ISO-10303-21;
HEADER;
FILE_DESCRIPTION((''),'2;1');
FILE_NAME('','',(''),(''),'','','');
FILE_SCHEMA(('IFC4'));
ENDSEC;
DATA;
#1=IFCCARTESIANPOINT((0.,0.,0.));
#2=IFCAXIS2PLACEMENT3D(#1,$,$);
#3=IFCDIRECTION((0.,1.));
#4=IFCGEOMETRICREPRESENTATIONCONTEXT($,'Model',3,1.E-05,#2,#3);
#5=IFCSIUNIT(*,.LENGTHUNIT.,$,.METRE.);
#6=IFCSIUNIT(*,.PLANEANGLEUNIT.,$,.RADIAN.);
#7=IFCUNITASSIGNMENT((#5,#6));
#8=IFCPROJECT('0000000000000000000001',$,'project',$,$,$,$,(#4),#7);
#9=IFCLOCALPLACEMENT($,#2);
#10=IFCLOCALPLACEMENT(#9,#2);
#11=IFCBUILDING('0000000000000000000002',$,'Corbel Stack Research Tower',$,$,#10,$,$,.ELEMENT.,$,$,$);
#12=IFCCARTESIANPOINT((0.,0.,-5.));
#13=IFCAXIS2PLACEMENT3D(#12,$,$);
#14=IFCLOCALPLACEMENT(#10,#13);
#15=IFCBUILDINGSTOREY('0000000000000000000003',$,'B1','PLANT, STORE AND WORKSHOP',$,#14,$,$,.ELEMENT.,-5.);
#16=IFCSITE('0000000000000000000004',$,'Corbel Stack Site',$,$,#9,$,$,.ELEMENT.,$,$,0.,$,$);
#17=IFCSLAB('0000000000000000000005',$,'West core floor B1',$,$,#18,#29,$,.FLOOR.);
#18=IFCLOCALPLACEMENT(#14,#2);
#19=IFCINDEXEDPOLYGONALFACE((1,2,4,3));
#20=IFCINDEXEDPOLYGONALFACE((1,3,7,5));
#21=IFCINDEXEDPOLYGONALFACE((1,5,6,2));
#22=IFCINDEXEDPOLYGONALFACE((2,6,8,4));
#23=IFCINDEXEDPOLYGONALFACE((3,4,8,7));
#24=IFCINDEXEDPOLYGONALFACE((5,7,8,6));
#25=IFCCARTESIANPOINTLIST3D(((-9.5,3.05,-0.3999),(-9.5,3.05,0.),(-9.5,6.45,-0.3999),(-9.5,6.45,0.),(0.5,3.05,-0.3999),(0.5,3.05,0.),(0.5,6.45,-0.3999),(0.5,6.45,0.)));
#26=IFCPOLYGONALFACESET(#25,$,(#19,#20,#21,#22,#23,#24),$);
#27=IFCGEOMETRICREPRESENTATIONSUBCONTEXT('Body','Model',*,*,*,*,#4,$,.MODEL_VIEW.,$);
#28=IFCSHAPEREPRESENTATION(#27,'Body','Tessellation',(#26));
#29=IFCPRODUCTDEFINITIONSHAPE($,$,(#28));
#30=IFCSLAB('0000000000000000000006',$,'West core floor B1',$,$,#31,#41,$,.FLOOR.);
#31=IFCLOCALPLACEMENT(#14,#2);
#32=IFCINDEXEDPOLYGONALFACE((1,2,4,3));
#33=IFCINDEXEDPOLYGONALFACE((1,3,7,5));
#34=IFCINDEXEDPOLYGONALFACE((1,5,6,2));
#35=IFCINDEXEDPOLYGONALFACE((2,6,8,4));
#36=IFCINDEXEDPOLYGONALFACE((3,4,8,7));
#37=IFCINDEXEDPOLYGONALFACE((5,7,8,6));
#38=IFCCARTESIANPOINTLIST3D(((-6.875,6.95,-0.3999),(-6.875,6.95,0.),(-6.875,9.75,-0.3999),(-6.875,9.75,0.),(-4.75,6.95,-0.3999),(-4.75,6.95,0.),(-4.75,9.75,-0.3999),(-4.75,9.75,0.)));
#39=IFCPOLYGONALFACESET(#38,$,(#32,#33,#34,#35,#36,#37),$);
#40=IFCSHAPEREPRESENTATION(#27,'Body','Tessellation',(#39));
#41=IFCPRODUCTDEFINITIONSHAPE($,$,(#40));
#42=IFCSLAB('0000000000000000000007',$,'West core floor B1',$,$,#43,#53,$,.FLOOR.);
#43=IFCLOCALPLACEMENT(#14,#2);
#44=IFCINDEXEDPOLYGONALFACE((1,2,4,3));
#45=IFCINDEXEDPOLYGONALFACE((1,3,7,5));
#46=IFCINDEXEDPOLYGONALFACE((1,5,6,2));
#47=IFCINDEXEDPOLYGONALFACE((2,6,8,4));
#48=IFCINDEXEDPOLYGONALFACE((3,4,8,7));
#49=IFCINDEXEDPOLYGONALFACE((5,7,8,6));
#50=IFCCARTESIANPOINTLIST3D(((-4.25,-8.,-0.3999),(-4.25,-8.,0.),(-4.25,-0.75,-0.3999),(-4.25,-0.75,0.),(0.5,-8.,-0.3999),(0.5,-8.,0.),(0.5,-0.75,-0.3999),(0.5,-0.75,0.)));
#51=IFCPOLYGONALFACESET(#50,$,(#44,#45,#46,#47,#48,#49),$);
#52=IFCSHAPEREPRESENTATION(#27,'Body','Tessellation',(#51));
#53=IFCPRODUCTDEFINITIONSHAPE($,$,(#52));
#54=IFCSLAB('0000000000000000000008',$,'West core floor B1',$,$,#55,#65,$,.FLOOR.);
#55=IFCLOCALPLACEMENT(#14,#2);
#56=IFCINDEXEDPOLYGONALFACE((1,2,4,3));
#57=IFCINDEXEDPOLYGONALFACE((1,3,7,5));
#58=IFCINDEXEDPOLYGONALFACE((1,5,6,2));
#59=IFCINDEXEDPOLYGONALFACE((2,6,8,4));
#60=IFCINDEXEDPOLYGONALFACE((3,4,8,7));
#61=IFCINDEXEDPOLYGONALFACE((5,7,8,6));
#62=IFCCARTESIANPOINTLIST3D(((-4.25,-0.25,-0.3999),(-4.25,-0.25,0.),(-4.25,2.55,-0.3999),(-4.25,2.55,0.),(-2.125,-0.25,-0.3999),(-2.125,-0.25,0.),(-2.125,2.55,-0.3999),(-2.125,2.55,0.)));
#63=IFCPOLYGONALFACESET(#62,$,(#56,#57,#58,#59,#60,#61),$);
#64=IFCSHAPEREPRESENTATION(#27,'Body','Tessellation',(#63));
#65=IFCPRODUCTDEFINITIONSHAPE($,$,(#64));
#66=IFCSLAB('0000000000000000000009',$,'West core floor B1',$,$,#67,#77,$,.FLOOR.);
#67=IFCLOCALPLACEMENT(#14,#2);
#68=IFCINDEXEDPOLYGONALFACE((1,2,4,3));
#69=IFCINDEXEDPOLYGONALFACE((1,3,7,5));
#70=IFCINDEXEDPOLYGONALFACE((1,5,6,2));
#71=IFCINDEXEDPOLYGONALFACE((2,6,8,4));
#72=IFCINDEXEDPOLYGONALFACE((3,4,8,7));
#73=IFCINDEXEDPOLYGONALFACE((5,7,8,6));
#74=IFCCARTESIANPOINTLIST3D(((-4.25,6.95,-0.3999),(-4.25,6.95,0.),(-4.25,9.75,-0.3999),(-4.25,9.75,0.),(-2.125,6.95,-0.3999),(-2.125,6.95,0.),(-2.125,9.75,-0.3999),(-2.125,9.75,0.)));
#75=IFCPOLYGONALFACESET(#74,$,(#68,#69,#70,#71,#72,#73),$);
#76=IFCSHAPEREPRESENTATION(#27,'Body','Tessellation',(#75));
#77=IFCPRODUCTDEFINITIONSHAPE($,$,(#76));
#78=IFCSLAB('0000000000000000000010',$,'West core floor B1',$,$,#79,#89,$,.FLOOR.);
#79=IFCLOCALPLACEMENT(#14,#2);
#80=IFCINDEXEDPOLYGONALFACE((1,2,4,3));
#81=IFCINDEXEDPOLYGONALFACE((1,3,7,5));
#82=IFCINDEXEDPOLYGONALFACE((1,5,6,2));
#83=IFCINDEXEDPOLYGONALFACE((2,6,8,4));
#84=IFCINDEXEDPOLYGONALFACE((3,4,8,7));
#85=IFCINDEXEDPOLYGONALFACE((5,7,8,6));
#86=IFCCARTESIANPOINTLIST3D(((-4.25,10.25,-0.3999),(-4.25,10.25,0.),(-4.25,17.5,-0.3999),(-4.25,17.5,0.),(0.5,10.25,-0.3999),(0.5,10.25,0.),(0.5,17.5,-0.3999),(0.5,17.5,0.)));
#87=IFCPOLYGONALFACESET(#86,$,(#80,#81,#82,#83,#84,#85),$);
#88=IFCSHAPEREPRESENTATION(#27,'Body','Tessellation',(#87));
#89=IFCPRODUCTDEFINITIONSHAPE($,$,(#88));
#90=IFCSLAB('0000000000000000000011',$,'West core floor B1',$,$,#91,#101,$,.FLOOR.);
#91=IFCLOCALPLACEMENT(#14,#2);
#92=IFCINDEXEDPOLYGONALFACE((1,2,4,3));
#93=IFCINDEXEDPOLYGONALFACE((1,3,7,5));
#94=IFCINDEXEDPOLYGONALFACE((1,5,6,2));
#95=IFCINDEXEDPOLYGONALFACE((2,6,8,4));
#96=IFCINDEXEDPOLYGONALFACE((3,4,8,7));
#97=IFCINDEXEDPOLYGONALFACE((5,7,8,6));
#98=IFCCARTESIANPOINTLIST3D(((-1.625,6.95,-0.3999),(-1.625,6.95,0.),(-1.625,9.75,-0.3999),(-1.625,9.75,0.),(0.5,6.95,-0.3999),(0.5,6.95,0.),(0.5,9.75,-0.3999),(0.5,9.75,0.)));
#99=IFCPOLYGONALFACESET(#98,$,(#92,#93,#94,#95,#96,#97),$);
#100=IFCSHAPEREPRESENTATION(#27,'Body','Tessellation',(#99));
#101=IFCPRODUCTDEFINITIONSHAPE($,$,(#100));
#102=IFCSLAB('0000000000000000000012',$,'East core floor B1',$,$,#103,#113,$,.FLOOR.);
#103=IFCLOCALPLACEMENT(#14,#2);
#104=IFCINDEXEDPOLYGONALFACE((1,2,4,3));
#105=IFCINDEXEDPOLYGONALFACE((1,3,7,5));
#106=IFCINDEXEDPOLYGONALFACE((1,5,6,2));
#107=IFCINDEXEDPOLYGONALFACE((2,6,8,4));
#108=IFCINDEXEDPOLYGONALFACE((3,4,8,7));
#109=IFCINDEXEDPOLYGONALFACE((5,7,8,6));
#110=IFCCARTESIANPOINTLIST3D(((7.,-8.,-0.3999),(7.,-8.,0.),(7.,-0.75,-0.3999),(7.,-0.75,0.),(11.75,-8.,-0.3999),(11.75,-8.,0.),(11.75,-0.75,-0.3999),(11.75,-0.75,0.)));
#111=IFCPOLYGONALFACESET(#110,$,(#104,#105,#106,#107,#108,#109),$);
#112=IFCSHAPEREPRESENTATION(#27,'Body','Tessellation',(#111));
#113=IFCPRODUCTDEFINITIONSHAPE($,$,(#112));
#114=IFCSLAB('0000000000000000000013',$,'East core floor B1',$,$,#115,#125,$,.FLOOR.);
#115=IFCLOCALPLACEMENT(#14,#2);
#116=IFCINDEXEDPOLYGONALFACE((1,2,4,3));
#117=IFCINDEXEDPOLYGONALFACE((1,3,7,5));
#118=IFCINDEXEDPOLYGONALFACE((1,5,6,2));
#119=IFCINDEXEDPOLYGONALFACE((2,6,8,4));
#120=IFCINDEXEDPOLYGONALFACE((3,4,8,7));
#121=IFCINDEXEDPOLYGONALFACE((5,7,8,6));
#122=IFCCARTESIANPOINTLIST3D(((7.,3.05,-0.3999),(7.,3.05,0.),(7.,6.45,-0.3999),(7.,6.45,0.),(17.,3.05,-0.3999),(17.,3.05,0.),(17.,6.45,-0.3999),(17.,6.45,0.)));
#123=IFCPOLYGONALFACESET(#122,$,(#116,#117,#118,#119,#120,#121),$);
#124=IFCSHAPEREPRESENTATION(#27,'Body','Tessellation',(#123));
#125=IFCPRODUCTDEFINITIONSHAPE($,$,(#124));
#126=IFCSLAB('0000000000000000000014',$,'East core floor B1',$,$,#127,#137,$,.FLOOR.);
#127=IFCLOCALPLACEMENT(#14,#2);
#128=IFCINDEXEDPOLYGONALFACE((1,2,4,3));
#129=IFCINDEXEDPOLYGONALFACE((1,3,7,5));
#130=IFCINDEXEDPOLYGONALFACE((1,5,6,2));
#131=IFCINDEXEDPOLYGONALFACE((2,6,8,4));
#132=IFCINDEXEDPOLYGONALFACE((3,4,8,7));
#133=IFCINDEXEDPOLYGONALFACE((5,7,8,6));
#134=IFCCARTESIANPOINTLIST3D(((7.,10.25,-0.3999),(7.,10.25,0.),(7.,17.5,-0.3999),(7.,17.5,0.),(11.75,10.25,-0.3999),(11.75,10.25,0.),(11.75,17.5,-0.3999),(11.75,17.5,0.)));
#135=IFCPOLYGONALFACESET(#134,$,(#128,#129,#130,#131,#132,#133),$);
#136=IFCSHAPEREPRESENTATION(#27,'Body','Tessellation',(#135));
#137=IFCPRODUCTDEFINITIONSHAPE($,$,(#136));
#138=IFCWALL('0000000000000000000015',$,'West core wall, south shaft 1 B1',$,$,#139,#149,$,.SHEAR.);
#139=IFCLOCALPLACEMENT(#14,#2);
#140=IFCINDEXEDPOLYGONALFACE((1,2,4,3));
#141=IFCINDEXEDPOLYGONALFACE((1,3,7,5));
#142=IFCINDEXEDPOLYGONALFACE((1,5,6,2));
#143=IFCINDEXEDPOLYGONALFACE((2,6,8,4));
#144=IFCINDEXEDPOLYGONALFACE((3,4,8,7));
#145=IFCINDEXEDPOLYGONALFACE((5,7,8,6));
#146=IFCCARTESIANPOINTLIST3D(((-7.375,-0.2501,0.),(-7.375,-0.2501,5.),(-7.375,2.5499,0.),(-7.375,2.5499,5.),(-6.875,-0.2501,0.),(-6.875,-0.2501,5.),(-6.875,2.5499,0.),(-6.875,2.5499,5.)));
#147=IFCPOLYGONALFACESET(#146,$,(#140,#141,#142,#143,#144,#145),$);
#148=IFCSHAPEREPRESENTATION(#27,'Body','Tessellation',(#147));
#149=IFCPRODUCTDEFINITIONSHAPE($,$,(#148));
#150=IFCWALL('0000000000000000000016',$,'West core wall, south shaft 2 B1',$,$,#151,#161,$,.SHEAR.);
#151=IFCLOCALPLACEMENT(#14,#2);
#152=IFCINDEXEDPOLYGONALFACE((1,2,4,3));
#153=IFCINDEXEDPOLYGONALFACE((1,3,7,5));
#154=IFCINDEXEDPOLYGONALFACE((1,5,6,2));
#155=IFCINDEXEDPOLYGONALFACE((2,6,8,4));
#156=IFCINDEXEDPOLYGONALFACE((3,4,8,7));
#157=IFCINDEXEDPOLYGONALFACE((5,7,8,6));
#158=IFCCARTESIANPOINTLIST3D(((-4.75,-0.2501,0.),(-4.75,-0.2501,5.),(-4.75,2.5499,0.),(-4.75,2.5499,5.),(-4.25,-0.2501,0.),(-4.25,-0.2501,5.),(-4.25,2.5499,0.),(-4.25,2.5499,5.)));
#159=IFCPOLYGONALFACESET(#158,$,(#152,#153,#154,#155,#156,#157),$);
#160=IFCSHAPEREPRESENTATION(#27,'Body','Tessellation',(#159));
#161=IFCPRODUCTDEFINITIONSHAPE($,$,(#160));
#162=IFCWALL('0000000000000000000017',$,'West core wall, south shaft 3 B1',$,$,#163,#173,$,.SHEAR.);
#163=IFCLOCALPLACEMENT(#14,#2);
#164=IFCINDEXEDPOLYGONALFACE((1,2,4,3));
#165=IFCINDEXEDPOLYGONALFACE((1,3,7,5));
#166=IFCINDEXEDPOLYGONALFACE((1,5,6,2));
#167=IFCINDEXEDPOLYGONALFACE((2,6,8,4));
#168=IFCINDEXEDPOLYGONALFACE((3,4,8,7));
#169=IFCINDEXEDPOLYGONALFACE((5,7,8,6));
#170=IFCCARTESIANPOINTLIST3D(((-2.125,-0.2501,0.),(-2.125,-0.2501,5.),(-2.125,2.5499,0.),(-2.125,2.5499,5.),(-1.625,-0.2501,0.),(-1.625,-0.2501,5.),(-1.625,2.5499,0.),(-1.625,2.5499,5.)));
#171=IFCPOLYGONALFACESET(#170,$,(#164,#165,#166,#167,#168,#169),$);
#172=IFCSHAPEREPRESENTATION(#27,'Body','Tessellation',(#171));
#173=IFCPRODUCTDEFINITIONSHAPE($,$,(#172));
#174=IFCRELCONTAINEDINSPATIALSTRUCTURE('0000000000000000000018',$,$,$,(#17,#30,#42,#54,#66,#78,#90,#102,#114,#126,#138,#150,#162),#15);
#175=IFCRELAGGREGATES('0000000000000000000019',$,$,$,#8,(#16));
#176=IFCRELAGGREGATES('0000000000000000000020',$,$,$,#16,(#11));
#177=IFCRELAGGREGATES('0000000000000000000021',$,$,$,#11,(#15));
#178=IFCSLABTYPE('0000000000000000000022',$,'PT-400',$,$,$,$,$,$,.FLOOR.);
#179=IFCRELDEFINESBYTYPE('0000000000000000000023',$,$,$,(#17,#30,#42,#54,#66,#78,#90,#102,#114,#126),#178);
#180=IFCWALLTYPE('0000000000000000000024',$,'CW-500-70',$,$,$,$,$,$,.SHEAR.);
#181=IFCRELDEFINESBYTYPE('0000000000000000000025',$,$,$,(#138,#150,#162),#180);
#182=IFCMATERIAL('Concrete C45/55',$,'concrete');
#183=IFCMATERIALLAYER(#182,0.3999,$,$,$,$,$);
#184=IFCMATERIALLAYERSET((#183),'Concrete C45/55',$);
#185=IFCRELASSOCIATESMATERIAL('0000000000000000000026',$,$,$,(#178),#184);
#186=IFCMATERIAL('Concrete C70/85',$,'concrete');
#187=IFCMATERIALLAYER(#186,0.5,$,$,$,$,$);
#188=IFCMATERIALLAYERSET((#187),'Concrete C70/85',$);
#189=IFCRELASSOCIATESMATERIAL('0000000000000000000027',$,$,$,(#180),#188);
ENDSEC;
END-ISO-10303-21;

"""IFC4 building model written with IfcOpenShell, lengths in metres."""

from ifc_helpers import new_model, si_unit, direction, frame, frame_2d, origin, place, context, subcontext, project, spatial, polyline, rectangle, outline, extrude, material, layer, layer_set, type_object, element, save


model = new_model("IFC4")

# Units and contexts
model_context = context("Model", 3, precision=1e-05, world=origin(), true_north=direction((0.0, 1.0)))
body_context = subcontext(model_context, "Body", "Model", "MODEL_VIEW")
ifc_project = project(units=[si_unit("LENGTHUNIT", "METRE"), si_unit("PLANEANGLEUNIT", "RADIAN")], contexts=[model_context])

# Site, building, storey
site_placement = place(None, origin())
site = spatial("IfcSite", under=ifc_project, at=site_placement, Name="Corbel Stack Site", CompositionType="ELEMENT", RefElevation=0.0)
building_placement = place(site_placement, origin())
building = spatial("IfcBuilding", under=site, at=building_placement, Name="Corbel Stack Research Tower", CompositionType="ELEMENT")
storey_placement = place(building_placement, frame((0.0, 0.0, -5.0)))
storey = spatial("IfcBuildingStorey", under=building, at=storey_placement, Name="B1", Description="PLANT, STORE AND WORKSHOP", CompositionType="ELEMENT", Elevation=-5.0)

# Slabs
ifc_material_1 = material(Name="Concrete C45/55", Category="concrete")
ifc_layer_1 = layer(ifc_material_1, 0.3999)
ifc_layer_set_1 = layer_set([ifc_layer_1], Name="Concrete C45/55")
slab_type = type_object("IfcSlabType", Name="PT-400", PredefinedType="FLOOR", material=ifc_layer_set_1)
slab_1_placement = place(storey_placement, frame((0.0, 0.0, -0.3999)))
element("IfcSlab", 1, at=slab_1_placement, inside=storey, type_object=slab_type, Name="West core floor B1", PredefinedType="FLOOR", context=body_context, shape_type="SweptSolid", body=[
    extrude(outline(polyline([(-9.5, 6.45), (-9.5, 3.05), (0.5, 3.05), (0.5, 6.45), (-9.5, 6.45)])), origin(), (0.0, 0.0, 1.0), 0.3999),
])
slab_2_placement = place(storey_placement, frame((0.0, 0.0, -0.3999)))
element("IfcSlab", 2, at=slab_2_placement, inside=storey, type_object=slab_type, Name="West core floor B1", PredefinedType="FLOOR", context=body_context, shape_type="SweptSolid", body=[
    extrude(outline(polyline([(-6.875, 6.95), (-4.75, 6.95), (-4.75, 9.75), (-6.875, 9.75), (-6.875, 6.95)])), origin(), (0.0, 0.0, 1.0), 0.3999),
])
slab_3_placement = place(storey_placement, frame((0.0, 0.0, -0.3999)))
element("IfcSlab", 3, at=slab_3_placement, inside=storey, type_object=slab_type, Name="West core floor B1", PredefinedType="FLOOR", context=body_context, shape_type="SweptSolid", body=[
    extrude(outline(polyline([(-4.25, -0.75), (-4.25, -8.0), (0.5, -8.0), (0.5, -0.75), (-4.25, -0.75)])), origin(), (0.0, 0.0, 1.0), 0.3999),
])
slab_4_placement = place(storey_placement, frame((0.0, 0.0, -0.3999)))
element("IfcSlab", 4, at=slab_4_placement, inside=storey, type_object=slab_type, Name="West core floor B1", PredefinedType="FLOOR", context=body_context, shape_type="SweptSolid", body=[
    extrude(outline(polyline([(-4.25, 2.55), (-4.25, -0.25), (-2.125, -0.25), (-2.125, 2.55), (-4.25, 2.55)])), origin(), (0.0, 0.0, 1.0), 0.3999),
])
slab_5_placement = place(storey_placement, frame((0.0, 0.0, -0.3999)))
element("IfcSlab", 5, at=slab_5_placement, inside=storey, type_object=slab_type, Name="West core floor B1", PredefinedType="FLOOR", context=body_context, shape_type="SweptSolid", body=[
    extrude(outline(polyline([(-2.125, 6.95), (-2.125, 9.75), (-4.25, 9.75), (-4.25, 6.95), (-2.125, 6.95)])), origin(), (0.0, 0.0, 1.0), 0.3999),
])
slab_6_placement = place(storey_placement, frame((0.0, 0.0, -0.3999)))
element("IfcSlab", 6, at=slab_6_placement, inside=storey, type_object=slab_type, Name="West core floor B1", PredefinedType="FLOOR", context=body_context, shape_type="SweptSolid", body=[
    extrude(outline(polyline([(-4.25, 17.5), (-4.25, 10.25), (0.5, 10.25), (0.5, 17.5), (-4.25, 17.5)])), origin(), (0.0, 0.0, 1.0), 0.3999),
])
slab_7_placement = place(storey_placement, frame((0.0, 0.0, -0.3999)))
element("IfcSlab", 7, at=slab_7_placement, inside=storey, type_object=slab_type, Name="West core floor B1", PredefinedType="FLOOR", context=body_context, shape_type="SweptSolid", body=[
    extrude(outline(polyline([(0.5, 6.95), (0.5, 9.75), (-1.625, 9.75), (-1.625, 6.95), (0.5, 6.95)])), origin(), (0.0, 0.0, 1.0), 0.3999),
])
slab_8_placement = place(storey_placement, frame((0.0, 0.0, -0.3999)))
element("IfcSlab", 8, at=slab_8_placement, inside=storey, type_object=slab_type, Name="East core floor B1", PredefinedType="FLOOR", context=body_context, shape_type="SweptSolid", body=[
    extrude(outline(polyline([(7.0, -0.75), (7.0, -8.0), (11.75, -8.0), (11.75, -0.75), (7.0, -0.75)])), origin(), (0.0, 0.0, 1.0), 0.3999),
])
slab_9_placement = place(storey_placement, frame((0.0, 0.0, -0.3999)))
element("IfcSlab", 9, at=slab_9_placement, inside=storey, type_object=slab_type, Name="East core floor B1", PredefinedType="FLOOR", context=body_context, shape_type="SweptSolid", body=[
    extrude(outline(polyline([(7.0, 6.45), (7.0, 3.05), (17.0, 3.05), (17.0, 6.45), (7.0, 6.45)])), origin(), (0.0, 0.0, 1.0), 0.3999),
])
slab_10_placement = place(storey_placement, frame((0.0, 0.0, -0.3999)))
element("IfcSlab", 10, at=slab_10_placement, inside=storey, type_object=slab_type, Name="East core floor B1", PredefinedType="FLOOR", context=body_context, shape_type="SweptSolid", body=[
    extrude(outline(polyline([(7.0, 17.5), (7.0, 10.25), (11.75, 10.25), (11.75, 17.5), (7.0, 17.5)])), origin(), (0.0, 0.0, 1.0), 0.3999),
])

# Walls
ifc_material_2 = material(Name="Concrete C70/85", Category="concrete")
ifc_layer_2 = layer(ifc_material_2, 0.5)
ifc_layer_set_2 = layer_set([ifc_layer_2], Name="Concrete C70/85")
wall_type_1 = type_object("IfcWallType", Name="CW-500-70", PredefinedType="SHEAR", material=ifc_layer_set_2)
for number, where, z_axis, x_axis, name in (
    (11, (-7.125, -0.25, 0.0), (0.0, 0.0, 1.0), (0.0, 1.0, 0.0), "West core wall, south shaft 1 B1"),
    (12, (-4.5, -0.25, 0.0), (0.0, 0.0, 1.0), (0.0, 1.0, 0.0), "West core wall, south shaft 2 B1"),
    (13, (-1.875, -0.25, 0.0), (0.0, 0.0, 1.0), (0.0, 1.0, 0.0), "West core wall, south shaft 3 B1"),
):
    element("IfcWall", number, at=place(storey_placement, frame(where, z_axis=z_axis, x_axis=x_axis)), inside=storey, type_object=wall_type_1, Name=name, PredefinedType="SHEAR", context=body_context, shape_type="SweptSolid", body=[
        extrude(rectangle(XDim=2.8, YDim=0.5, at=frame_2d((1.3999, 0.0))), origin(), (0.0, 0.0, 1.0), 5.0),
    ])

save(model, "model.ifc")
